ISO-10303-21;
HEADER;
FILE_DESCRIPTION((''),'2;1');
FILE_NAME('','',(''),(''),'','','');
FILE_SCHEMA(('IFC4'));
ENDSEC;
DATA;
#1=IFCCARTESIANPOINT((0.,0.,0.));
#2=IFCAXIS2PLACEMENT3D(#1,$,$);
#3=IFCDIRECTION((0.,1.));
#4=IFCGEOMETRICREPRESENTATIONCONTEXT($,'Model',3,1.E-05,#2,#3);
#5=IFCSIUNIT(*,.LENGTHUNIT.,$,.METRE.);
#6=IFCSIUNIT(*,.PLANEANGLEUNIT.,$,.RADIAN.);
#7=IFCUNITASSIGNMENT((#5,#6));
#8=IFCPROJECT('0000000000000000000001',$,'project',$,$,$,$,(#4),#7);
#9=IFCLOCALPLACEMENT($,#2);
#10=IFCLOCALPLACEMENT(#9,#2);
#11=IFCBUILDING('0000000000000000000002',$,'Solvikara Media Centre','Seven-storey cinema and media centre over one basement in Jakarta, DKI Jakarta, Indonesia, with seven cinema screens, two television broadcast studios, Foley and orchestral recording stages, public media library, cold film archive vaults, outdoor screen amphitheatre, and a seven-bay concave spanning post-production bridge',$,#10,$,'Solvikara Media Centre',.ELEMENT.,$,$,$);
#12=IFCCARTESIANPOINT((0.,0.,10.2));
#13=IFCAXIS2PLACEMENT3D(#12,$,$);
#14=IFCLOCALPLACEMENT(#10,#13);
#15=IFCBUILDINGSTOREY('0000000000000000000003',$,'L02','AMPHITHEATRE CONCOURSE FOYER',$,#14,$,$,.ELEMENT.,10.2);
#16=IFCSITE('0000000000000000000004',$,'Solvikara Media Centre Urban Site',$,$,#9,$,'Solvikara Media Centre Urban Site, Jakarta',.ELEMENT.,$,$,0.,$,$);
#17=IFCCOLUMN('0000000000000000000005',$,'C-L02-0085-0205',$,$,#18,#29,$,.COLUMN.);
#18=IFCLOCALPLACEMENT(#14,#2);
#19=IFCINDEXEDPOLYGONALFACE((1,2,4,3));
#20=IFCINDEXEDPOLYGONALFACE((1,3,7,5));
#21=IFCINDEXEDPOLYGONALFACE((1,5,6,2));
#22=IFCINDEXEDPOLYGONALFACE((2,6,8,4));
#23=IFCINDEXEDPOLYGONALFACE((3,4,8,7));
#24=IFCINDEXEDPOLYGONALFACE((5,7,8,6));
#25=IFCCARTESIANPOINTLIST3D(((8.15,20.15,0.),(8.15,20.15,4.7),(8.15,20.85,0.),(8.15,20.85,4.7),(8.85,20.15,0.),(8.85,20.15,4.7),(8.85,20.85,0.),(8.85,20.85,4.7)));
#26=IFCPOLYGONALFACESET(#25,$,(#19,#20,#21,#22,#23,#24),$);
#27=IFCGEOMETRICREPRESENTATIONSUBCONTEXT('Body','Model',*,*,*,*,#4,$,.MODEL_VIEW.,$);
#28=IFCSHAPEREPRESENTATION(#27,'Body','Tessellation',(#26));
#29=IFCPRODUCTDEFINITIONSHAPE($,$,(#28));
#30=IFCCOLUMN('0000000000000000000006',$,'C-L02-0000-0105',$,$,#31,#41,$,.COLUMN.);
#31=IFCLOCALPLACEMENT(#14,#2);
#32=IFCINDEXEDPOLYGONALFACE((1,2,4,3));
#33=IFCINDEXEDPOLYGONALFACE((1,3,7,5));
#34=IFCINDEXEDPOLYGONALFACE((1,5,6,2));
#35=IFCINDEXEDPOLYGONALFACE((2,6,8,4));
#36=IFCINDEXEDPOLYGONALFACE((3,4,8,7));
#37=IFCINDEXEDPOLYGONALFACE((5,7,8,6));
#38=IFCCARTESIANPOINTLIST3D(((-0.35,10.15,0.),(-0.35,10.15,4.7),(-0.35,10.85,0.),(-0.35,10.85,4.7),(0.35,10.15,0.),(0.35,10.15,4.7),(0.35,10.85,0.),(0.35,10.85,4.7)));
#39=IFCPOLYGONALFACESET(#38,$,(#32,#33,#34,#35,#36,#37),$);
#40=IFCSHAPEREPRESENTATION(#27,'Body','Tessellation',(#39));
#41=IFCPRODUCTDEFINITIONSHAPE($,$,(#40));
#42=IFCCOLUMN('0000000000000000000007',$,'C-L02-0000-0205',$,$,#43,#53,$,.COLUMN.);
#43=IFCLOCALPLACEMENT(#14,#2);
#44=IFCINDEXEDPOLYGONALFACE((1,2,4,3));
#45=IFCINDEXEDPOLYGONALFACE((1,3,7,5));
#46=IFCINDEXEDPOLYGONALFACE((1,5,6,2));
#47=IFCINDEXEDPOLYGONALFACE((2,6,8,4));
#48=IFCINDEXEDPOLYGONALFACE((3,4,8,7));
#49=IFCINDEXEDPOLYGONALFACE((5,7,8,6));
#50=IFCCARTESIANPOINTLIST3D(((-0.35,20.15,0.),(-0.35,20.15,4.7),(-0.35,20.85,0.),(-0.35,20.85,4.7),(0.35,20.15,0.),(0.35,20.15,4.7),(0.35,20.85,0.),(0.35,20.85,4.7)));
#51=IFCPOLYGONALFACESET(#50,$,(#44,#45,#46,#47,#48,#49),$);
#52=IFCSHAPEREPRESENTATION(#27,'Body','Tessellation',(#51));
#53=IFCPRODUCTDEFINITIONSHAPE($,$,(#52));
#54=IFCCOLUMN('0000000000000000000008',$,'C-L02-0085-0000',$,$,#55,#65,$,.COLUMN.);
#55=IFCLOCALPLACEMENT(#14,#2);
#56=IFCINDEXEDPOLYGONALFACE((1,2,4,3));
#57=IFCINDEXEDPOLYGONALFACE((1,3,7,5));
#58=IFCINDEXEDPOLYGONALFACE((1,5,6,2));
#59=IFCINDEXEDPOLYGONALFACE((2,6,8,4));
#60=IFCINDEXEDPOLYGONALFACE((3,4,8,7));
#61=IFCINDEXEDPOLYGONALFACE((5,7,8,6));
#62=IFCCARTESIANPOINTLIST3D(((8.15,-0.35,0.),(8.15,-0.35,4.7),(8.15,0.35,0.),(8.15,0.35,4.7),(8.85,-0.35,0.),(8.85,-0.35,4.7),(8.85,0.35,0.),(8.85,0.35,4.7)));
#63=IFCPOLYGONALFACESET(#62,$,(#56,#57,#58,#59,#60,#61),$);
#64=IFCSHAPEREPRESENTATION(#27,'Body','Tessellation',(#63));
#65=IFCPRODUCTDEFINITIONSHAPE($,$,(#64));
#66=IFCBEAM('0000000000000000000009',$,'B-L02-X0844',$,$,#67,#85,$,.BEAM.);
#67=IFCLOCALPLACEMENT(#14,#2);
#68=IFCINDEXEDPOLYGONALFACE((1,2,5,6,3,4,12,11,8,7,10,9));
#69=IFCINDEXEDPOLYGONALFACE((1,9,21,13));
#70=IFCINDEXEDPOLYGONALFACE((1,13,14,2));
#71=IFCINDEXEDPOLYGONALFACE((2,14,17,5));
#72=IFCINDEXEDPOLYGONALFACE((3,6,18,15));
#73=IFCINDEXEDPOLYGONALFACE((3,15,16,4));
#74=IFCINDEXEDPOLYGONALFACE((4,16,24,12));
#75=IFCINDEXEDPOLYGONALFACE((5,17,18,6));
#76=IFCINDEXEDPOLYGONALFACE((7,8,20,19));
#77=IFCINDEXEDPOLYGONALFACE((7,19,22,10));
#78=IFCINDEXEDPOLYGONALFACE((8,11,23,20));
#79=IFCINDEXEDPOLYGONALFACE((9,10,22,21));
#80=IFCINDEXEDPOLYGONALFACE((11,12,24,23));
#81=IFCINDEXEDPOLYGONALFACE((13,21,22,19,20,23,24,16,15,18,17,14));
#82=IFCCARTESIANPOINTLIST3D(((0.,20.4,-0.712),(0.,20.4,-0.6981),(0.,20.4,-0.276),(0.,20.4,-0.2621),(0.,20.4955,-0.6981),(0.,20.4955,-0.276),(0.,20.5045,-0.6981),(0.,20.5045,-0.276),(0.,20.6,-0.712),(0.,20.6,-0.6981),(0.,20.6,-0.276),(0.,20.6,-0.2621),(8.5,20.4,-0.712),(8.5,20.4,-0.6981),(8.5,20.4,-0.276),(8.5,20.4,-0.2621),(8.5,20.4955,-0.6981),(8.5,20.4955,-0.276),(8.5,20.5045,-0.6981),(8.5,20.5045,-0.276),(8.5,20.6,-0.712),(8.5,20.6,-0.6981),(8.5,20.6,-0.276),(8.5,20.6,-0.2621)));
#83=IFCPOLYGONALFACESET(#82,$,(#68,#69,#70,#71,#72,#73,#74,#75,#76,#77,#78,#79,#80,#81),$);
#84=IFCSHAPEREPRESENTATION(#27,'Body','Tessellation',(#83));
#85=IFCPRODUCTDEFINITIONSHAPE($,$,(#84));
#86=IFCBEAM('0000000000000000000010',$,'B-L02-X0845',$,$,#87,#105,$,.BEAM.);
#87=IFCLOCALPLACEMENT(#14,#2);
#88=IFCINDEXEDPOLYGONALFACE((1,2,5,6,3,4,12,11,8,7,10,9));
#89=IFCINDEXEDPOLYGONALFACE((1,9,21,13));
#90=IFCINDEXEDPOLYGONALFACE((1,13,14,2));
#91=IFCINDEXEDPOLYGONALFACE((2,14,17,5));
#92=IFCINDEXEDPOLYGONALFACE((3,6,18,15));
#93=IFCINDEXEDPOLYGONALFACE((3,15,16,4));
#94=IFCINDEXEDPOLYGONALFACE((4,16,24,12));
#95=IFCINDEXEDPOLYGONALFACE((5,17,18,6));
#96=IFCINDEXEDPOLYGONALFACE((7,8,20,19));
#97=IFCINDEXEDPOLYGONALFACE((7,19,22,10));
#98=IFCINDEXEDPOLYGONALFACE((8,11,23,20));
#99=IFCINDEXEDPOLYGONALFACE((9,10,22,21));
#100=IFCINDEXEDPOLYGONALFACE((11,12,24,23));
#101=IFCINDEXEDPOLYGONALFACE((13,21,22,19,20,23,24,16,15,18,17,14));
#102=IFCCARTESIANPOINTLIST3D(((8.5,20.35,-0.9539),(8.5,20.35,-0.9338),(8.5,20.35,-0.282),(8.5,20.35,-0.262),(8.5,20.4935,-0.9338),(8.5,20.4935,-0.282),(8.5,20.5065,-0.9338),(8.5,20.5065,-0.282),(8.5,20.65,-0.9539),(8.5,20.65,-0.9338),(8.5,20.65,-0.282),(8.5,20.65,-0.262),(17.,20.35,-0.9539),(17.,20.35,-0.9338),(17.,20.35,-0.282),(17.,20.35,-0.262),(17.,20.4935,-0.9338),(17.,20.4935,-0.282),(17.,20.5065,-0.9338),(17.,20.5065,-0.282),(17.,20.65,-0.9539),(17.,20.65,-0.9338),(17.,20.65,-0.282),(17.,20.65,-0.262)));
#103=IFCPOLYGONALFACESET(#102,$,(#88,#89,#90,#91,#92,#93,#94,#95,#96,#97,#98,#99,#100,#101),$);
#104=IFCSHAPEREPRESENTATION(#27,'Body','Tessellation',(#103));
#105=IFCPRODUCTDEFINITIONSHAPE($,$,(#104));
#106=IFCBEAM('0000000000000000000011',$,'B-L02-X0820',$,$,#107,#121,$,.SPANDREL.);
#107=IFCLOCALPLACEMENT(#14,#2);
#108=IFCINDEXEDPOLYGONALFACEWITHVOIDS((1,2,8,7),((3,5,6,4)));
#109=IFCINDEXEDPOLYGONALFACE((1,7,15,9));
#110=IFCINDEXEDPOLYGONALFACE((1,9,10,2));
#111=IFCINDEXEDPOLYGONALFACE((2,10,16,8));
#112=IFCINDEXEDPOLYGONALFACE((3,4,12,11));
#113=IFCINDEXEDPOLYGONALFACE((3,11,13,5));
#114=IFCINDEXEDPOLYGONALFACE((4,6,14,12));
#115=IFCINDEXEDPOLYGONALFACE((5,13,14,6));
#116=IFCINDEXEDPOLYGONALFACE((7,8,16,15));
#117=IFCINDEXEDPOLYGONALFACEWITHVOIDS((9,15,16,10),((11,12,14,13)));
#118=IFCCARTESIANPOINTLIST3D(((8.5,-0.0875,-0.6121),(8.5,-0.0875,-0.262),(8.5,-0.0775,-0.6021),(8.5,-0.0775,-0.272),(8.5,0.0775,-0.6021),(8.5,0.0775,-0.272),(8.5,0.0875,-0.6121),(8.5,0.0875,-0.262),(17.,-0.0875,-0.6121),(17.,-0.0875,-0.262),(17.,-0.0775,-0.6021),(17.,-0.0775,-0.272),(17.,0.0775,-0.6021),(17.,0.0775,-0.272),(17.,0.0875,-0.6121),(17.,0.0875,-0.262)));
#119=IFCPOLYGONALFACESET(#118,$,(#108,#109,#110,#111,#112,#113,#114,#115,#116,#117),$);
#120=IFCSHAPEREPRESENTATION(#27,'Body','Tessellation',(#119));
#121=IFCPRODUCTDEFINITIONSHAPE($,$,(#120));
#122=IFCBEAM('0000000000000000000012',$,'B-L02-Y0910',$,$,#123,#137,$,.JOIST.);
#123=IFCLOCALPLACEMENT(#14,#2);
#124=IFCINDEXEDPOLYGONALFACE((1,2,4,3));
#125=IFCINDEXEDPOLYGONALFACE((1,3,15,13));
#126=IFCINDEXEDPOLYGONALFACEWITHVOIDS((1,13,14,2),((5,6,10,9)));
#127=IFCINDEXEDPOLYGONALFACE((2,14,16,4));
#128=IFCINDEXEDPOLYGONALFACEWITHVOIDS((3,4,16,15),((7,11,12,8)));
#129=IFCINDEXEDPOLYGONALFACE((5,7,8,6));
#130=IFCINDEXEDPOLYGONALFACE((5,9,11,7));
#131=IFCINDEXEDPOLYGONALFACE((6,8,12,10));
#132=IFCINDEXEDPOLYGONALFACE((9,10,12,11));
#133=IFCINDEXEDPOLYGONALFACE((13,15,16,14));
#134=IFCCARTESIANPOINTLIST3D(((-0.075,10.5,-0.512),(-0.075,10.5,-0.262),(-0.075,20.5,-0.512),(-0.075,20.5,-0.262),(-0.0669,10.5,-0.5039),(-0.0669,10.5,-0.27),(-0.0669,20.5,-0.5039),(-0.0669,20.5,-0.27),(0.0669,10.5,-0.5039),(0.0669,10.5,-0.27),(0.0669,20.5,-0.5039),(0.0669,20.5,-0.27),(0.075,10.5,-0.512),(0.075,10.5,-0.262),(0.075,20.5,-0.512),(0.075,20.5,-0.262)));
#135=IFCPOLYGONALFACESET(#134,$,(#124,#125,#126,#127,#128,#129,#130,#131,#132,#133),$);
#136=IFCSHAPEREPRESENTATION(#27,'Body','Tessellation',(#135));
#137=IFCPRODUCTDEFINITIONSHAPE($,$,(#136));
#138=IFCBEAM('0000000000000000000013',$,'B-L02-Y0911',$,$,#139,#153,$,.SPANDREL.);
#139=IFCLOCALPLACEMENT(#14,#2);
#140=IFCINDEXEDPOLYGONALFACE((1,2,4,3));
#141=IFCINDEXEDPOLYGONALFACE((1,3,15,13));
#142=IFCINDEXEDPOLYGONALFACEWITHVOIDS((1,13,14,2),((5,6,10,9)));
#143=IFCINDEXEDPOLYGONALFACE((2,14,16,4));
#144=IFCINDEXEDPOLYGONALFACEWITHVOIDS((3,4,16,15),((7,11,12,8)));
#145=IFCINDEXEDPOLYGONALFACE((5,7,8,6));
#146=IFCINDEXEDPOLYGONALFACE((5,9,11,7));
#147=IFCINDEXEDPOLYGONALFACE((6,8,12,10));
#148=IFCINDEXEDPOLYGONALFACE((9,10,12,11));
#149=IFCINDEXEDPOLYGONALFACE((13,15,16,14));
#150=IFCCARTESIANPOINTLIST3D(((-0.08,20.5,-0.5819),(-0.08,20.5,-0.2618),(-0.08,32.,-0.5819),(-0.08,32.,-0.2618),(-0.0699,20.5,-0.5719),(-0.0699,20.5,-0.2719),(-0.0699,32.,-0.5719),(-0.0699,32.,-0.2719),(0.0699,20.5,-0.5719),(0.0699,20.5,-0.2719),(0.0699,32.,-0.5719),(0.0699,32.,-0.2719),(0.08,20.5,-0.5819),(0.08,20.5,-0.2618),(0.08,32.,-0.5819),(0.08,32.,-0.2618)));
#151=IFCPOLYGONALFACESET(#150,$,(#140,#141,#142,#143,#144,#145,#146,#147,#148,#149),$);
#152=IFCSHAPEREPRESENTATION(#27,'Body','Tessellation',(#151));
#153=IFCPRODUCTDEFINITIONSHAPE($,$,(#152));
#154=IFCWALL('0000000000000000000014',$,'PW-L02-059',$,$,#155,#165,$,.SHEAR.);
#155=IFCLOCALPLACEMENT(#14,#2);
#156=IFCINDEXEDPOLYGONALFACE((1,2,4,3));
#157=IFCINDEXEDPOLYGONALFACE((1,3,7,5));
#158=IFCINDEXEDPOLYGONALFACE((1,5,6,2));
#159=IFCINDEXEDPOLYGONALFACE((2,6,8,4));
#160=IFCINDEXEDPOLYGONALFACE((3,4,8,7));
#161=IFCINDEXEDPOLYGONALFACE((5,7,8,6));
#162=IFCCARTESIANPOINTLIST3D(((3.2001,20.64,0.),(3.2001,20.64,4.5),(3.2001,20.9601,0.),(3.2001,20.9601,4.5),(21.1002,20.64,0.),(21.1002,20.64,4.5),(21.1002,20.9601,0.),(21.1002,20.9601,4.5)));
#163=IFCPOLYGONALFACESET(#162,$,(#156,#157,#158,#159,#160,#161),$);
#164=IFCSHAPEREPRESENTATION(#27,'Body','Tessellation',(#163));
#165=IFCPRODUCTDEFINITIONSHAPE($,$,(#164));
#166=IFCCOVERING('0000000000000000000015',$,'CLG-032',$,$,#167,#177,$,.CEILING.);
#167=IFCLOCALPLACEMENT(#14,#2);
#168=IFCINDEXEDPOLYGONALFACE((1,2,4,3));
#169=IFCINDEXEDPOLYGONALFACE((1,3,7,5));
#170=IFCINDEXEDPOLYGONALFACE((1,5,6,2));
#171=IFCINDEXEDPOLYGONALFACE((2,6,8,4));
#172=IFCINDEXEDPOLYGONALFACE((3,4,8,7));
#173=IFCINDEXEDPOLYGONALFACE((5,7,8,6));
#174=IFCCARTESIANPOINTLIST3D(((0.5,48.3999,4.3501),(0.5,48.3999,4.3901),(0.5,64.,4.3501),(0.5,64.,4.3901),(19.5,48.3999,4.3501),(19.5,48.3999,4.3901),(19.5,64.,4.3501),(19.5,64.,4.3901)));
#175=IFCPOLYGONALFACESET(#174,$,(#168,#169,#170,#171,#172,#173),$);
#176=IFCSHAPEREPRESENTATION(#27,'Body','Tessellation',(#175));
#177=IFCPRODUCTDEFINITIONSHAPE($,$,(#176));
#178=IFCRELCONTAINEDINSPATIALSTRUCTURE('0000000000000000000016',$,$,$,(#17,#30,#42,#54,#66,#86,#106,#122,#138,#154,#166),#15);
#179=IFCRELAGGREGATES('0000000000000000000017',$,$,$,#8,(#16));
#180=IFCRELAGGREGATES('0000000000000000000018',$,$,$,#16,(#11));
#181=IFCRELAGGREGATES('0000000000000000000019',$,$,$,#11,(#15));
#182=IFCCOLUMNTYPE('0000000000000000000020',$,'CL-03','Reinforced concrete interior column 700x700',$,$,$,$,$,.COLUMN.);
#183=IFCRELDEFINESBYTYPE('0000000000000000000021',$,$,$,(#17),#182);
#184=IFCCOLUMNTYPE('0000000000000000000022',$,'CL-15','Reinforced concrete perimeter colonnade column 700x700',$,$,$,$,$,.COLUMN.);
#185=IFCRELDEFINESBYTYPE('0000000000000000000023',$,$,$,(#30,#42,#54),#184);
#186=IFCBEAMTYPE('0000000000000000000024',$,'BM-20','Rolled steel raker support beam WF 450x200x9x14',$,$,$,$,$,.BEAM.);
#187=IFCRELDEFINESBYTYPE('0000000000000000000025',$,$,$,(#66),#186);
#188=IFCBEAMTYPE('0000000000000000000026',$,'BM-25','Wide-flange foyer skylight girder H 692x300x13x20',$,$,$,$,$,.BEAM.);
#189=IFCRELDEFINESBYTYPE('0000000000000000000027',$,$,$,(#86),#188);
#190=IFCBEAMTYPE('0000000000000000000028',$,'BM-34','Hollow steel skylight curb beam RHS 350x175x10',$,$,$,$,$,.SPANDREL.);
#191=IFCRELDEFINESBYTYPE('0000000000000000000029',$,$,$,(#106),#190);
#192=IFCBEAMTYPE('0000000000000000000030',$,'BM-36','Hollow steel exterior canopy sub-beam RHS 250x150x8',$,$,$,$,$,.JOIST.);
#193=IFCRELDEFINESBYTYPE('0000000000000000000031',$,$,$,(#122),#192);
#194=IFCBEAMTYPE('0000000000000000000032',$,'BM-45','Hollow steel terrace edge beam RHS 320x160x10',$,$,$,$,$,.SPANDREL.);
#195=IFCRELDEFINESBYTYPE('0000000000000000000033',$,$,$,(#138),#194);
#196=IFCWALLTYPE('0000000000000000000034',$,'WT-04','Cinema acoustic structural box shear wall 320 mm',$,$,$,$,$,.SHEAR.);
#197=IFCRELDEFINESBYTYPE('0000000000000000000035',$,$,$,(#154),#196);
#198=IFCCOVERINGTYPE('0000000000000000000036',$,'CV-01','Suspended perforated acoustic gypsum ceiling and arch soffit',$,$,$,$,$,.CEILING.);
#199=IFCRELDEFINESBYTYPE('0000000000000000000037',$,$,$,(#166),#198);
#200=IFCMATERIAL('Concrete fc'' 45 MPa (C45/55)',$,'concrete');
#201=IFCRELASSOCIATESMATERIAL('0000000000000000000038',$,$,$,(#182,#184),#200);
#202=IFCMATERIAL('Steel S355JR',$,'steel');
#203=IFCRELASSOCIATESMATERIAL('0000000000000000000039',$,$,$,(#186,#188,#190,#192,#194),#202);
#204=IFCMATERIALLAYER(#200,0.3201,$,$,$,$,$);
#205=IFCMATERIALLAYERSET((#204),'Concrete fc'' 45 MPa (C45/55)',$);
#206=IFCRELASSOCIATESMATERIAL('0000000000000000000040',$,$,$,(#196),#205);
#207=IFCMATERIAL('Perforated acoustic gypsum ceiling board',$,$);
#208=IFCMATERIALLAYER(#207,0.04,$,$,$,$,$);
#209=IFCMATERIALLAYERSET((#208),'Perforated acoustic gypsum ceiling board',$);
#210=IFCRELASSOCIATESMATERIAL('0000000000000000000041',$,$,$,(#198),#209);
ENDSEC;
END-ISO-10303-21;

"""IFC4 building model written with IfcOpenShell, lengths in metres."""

from ifc_helpers import new_model, si_unit, direction, frame, frame_2d, origin, origin_2d, place, context, subcontext, project, spatial, polyline, rectangle, hollow_rectangle, i_section, outline, extrude, material, layer, layer_set, material_profile, profile_set, type_object, element, save


model = new_model("IFC4")

# Units and contexts
model_context = context("Model", 3, precision=1e-05, world=origin(), true_north=direction((0.0, 1.0)))
body_context = subcontext(model_context, "Body", "Model", "MODEL_VIEW")
ifc_project = project(units=[si_unit("LENGTHUNIT", "METRE"), si_unit("PLANEANGLEUNIT", "RADIAN")], contexts=[model_context])

# Site, building, storey
site_placement = place(None, origin())
site = spatial("IfcSite", under=ifc_project, at=site_placement, Name="Solvikara Media Centre Urban Site", LongName="Solvikara Media Centre Urban Site, Jakarta", CompositionType="ELEMENT", RefElevation=0.0)
building_placement = place(site_placement, origin())
building = spatial("IfcBuilding", under=site, at=building_placement, Name="Solvikara Media Centre", Description="Seven-storey cinema and media centre over one basement in Jakarta, DKI Jakarta, Indonesia, with seven cinema screens, two television broadcast studios, Foley and orchestral recording stages, public media library, cold film archive vaults, outdoor screen amphitheatre, and a seven-bay concave spanning post-production bridge", LongName="Solvikara Media Centre", CompositionType="ELEMENT")
storey_placement = place(building_placement, frame((0.0, 0.0, 10.2)))
storey = spatial("IfcBuildingStorey", under=building, at=storey_placement, Name="L02", Description="AMPHITHEATRE CONCOURSE FOYER", CompositionType="ELEMENT", Elevation=10.2)

# Columns
ifc_material_1 = material(Name="Concrete fc' 45 MPa (C45/55)", Category="concrete")
ifc_material_profile_1 = material_profile(ifc_material_1, rectangle(XDim=0.7, YDim=0.7, at=origin_2d()), Name="RC 700x700")
ifc_profile_set_1 = profile_set([ifc_material_profile_1], Name="Concrete fc' 45 MPa (C45/55)")
column_type_1 = type_object("IfcColumnType", Name="CL-03", Description="Reinforced concrete interior column 700x700", PredefinedType="COLUMN", material=ifc_profile_set_1)
column_placement = place(storey_placement, frame((8.5, 20.5, 0.0), z_axis=(0.0, 0.0, 1.0), x_axis=(1.0, 0.0, 0.0)))
element("IfcColumn", 1, at=column_placement, inside=storey, type_object=column_type_1, Name="C-L02-0085-0205", PredefinedType="COLUMN", context=body_context, shape_type="SweptSolid", body=[
    extrude(rectangle(XDim=0.7, YDim=0.7, at=origin_2d()), origin(), (0.0, 0.0, 1.0), 4.7),
])
ifc_material_profile_2 = material_profile(ifc_material_1, rectangle(XDim=0.7, YDim=0.7, at=origin_2d()), Name="RC 700x700")
ifc_profile_set_2 = profile_set([ifc_material_profile_2], Name="Concrete fc' 45 MPa (C45/55)")
column_type_2 = type_object("IfcColumnType", Name="CL-15", Description="Reinforced concrete perimeter colonnade column 700x700", PredefinedType="COLUMN", material=ifc_profile_set_2)
for number, where, z_axis, x_axis, name in (
    (2, (0.0, 10.5, 0.0), (0.0, 0.0, 1.0), (1.0, 0.0, 0.0), "C-L02-0000-0105"),
    (3, (0.0, 20.5, 0.0), (0.0, 0.0, 1.0), (1.0, 0.0, 0.0), "C-L02-0000-0205"),
    (4, (8.5, 0.0, 0.0), (0.0, 0.0, 1.0), (1.0, 0.0, 0.0), "C-L02-0085-0000"),
):
    element("IfcColumn", number, at=place(storey_placement, frame(where, z_axis=z_axis, x_axis=x_axis)), inside=storey, type_object=column_type_2, Name=name, PredefinedType="COLUMN", context=body_context, shape_type="SweptSolid", body=[
        extrude(rectangle(XDim=0.7, YDim=0.7, at=origin_2d()), origin(), (0.0, 0.0, 1.0), 4.7),
    ])

# Beams
ifc_material_2 = material(Name="Steel S355JR", Category="steel")
ifc_material_profile_3 = material_profile(ifc_material_2, i_section(OverallWidth=0.2, OverallDepth=0.45, WebThickness=0.009, FlangeThickness=0.0139, at=origin_2d()), Name="WF 450x200x9x14")
ifc_profile_set_3 = profile_set([ifc_material_profile_3], Name="Steel S355JR")
beam_type_1 = type_object("IfcBeamType", Name="BM-20", Description="Rolled steel raker support beam WF 450x200x9x14", PredefinedType="BEAM", material=ifc_profile_set_3)
beam_1_placement = place(storey_placement, frame((0.0, 20.5, -0.4871), z_axis=(1.0, 0.0, 0.0), x_axis=(0.0, 1.0, 0.0)))
element("IfcBeam", 5, at=beam_1_placement, inside=storey, type_object=beam_type_1, Name="B-L02-X0844", PredefinedType="BEAM", context=body_context, shape_type="SweptSolid", body=[
    extrude(i_section(OverallWidth=0.2, OverallDepth=0.45, WebThickness=0.009, FlangeThickness=0.0139, at=origin_2d()), origin(), (0.0, 0.0, 1.0), 8.5),
])
ifc_material_profile_4 = material_profile(ifc_material_2, i_section(OverallWidth=0.3, OverallDepth=0.6919, WebThickness=0.0129, FlangeThickness=0.02, at=origin_2d()), Name="H 692x300x13x20")
ifc_profile_set_4 = profile_set([ifc_material_profile_4], Name="Steel S355JR")
beam_type_2 = type_object("IfcBeamType", Name="BM-25", Description="Wide-flange foyer skylight girder H 692x300x13x20", PredefinedType="BEAM", material=ifc_profile_set_4)
beam_2_placement = place(storey_placement, frame((8.5, 20.5, -0.6079), z_axis=(1.0, 0.0, 0.0), x_axis=(0.0, 1.0, 0.0)))
element("IfcBeam", 6, at=beam_2_placement, inside=storey, type_object=beam_type_2, Name="B-L02-X0845", PredefinedType="BEAM", context=body_context, shape_type="SweptSolid", body=[
    extrude(i_section(OverallWidth=0.3, OverallDepth=0.6919, WebThickness=0.0129, FlangeThickness=0.02, at=origin_2d()), origin(), (0.0, 0.0, 1.0), 8.5),
])
ifc_material_profile_5 = material_profile(ifc_material_2, hollow_rectangle(XDim=0.175, YDim=0.3501, WallThickness=0.01, at=origin_2d()), Name="RHS 350x175x10")
ifc_profile_set_5 = profile_set([ifc_material_profile_5], Name="Steel S355JR")
beam_type_3 = type_object("IfcBeamType", Name="BM-34", Description="Hollow steel skylight curb beam RHS 350x175x10", PredefinedType="SPANDREL", material=ifc_profile_set_5)
beam_3_placement = place(storey_placement, frame((8.5, 0.0, -0.437), z_axis=(1.0, 0.0, 0.0), x_axis=(0.0, 1.0, 0.0)))
element("IfcBeam", 7, at=beam_3_placement, inside=storey, type_object=beam_type_3, Name="B-L02-X0820", PredefinedType="SPANDREL", context=body_context, shape_type="SweptSolid", body=[
    extrude(hollow_rectangle(XDim=0.175, YDim=0.3501, WallThickness=0.01, at=origin_2d()), origin(), (0.0, 0.0, 1.0), 8.5),
])
ifc_material_profile_6 = material_profile(ifc_material_2, hollow_rectangle(XDim=0.1499, YDim=0.25, WallThickness=0.0081, at=origin_2d()), Name="RHS 250x150x8")
ifc_profile_set_6 = profile_set([ifc_material_profile_6], Name="Steel S355JR")
beam_type_4 = type_object("IfcBeamType", Name="BM-36", Description="Hollow steel exterior canopy sub-beam RHS 250x150x8", PredefinedType="JOIST", material=ifc_profile_set_6)
beam_4_placement = place(storey_placement, frame((0.0, 10.5, -0.387), z_axis=(0.0, 1.0, 0.0), x_axis=(-1.0, 0.0, 0.0)))
element("IfcBeam", 8, at=beam_4_placement, inside=storey, type_object=beam_type_4, Name="B-L02-Y0910", PredefinedType="JOIST", context=body_context, shape_type="SweptSolid", body=[
    extrude(hollow_rectangle(XDim=0.1499, YDim=0.25, WallThickness=0.0081, at=origin_2d()), origin(), (0.0, 0.0, 1.0), 10.0),
])
ifc_material_profile_7 = material_profile(ifc_material_2, hollow_rectangle(XDim=0.1599, YDim=0.3201, WallThickness=0.01, at=origin_2d()), Name="RHS 320x160x10")
ifc_profile_set_7 = profile_set([ifc_material_profile_7], Name="Steel S355JR")
beam_type_5 = type_object("IfcBeamType", Name="BM-45", Description="Hollow steel terrace edge beam RHS 320x160x10", PredefinedType="SPANDREL", material=ifc_profile_set_7)
beam_5_placement = place(storey_placement, frame((0.0, 20.5, -0.4219), z_axis=(0.0, 1.0, 0.0), x_axis=(-1.0, 0.0, 0.0)))
element("IfcBeam", 9, at=beam_5_placement, inside=storey, type_object=beam_type_5, Name="B-L02-Y0911", PredefinedType="SPANDREL", context=body_context, shape_type="SweptSolid", body=[
    extrude(hollow_rectangle(XDim=0.1599, YDim=0.3201, WallThickness=0.01, at=origin_2d()), origin(), (0.0, 0.0, 1.0), 11.5),
])

# Wall
ifc_layer_1 = layer(ifc_material_1, 0.3201)
ifc_layer_set_1 = layer_set([ifc_layer_1], Name="Concrete fc' 45 MPa (C45/55)")
wall_type = type_object("IfcWallType", Name="WT-04", Description="Cinema acoustic structural box shear wall 320 mm", PredefinedType="SHEAR", material=ifc_layer_set_1)
wall_placement = place(storey_placement, frame((3.2, 20.8, 0.0), z_axis=(0.0, 0.0, 1.0), x_axis=(1.0, 0.0, 0.0)))
element("IfcWall", 10, at=wall_placement, inside=storey, type_object=wall_type, Name="PW-L02-059", PredefinedType="SHEAR", context=body_context, shape_type="SweptSolid", body=[
    extrude(rectangle(XDim=17.9001, YDim=0.3201, at=frame_2d((8.9502, 0.0))), origin(), (0.0, 0.0, 1.0), 4.5),
])

# Covering
ifc_material_3 = material(Name="Perforated acoustic gypsum ceiling board")
ifc_layer_2 = layer(ifc_material_3, 0.04)
ifc_layer_set_2 = layer_set([ifc_layer_2], Name="Perforated acoustic gypsum ceiling board")
covering_type_1 = type_object("IfcCoveringType", Name="CV-01", Description="Suspended perforated acoustic gypsum ceiling and arch soffit", PredefinedType="CEILING", material=ifc_layer_set_2)
covering_1_placement = place(storey_placement, frame((0.0, 0.0, 4.3501)))
element("IfcCovering", 11, at=covering_1_placement, inside=storey, type_object=covering_type_1, Name="CLG-032", PredefinedType="CEILING", context=body_context, shape_type="SweptSolid", body=[
    extrude(outline(polyline([(0.5, 48.3999), (19.5, 48.3999), (19.5, 64.0), (0.5, 64.0), (0.5, 48.3999)])), origin(), (0.0, 0.0, 1.0), 0.04),
])

save(model, "model.ifc")
